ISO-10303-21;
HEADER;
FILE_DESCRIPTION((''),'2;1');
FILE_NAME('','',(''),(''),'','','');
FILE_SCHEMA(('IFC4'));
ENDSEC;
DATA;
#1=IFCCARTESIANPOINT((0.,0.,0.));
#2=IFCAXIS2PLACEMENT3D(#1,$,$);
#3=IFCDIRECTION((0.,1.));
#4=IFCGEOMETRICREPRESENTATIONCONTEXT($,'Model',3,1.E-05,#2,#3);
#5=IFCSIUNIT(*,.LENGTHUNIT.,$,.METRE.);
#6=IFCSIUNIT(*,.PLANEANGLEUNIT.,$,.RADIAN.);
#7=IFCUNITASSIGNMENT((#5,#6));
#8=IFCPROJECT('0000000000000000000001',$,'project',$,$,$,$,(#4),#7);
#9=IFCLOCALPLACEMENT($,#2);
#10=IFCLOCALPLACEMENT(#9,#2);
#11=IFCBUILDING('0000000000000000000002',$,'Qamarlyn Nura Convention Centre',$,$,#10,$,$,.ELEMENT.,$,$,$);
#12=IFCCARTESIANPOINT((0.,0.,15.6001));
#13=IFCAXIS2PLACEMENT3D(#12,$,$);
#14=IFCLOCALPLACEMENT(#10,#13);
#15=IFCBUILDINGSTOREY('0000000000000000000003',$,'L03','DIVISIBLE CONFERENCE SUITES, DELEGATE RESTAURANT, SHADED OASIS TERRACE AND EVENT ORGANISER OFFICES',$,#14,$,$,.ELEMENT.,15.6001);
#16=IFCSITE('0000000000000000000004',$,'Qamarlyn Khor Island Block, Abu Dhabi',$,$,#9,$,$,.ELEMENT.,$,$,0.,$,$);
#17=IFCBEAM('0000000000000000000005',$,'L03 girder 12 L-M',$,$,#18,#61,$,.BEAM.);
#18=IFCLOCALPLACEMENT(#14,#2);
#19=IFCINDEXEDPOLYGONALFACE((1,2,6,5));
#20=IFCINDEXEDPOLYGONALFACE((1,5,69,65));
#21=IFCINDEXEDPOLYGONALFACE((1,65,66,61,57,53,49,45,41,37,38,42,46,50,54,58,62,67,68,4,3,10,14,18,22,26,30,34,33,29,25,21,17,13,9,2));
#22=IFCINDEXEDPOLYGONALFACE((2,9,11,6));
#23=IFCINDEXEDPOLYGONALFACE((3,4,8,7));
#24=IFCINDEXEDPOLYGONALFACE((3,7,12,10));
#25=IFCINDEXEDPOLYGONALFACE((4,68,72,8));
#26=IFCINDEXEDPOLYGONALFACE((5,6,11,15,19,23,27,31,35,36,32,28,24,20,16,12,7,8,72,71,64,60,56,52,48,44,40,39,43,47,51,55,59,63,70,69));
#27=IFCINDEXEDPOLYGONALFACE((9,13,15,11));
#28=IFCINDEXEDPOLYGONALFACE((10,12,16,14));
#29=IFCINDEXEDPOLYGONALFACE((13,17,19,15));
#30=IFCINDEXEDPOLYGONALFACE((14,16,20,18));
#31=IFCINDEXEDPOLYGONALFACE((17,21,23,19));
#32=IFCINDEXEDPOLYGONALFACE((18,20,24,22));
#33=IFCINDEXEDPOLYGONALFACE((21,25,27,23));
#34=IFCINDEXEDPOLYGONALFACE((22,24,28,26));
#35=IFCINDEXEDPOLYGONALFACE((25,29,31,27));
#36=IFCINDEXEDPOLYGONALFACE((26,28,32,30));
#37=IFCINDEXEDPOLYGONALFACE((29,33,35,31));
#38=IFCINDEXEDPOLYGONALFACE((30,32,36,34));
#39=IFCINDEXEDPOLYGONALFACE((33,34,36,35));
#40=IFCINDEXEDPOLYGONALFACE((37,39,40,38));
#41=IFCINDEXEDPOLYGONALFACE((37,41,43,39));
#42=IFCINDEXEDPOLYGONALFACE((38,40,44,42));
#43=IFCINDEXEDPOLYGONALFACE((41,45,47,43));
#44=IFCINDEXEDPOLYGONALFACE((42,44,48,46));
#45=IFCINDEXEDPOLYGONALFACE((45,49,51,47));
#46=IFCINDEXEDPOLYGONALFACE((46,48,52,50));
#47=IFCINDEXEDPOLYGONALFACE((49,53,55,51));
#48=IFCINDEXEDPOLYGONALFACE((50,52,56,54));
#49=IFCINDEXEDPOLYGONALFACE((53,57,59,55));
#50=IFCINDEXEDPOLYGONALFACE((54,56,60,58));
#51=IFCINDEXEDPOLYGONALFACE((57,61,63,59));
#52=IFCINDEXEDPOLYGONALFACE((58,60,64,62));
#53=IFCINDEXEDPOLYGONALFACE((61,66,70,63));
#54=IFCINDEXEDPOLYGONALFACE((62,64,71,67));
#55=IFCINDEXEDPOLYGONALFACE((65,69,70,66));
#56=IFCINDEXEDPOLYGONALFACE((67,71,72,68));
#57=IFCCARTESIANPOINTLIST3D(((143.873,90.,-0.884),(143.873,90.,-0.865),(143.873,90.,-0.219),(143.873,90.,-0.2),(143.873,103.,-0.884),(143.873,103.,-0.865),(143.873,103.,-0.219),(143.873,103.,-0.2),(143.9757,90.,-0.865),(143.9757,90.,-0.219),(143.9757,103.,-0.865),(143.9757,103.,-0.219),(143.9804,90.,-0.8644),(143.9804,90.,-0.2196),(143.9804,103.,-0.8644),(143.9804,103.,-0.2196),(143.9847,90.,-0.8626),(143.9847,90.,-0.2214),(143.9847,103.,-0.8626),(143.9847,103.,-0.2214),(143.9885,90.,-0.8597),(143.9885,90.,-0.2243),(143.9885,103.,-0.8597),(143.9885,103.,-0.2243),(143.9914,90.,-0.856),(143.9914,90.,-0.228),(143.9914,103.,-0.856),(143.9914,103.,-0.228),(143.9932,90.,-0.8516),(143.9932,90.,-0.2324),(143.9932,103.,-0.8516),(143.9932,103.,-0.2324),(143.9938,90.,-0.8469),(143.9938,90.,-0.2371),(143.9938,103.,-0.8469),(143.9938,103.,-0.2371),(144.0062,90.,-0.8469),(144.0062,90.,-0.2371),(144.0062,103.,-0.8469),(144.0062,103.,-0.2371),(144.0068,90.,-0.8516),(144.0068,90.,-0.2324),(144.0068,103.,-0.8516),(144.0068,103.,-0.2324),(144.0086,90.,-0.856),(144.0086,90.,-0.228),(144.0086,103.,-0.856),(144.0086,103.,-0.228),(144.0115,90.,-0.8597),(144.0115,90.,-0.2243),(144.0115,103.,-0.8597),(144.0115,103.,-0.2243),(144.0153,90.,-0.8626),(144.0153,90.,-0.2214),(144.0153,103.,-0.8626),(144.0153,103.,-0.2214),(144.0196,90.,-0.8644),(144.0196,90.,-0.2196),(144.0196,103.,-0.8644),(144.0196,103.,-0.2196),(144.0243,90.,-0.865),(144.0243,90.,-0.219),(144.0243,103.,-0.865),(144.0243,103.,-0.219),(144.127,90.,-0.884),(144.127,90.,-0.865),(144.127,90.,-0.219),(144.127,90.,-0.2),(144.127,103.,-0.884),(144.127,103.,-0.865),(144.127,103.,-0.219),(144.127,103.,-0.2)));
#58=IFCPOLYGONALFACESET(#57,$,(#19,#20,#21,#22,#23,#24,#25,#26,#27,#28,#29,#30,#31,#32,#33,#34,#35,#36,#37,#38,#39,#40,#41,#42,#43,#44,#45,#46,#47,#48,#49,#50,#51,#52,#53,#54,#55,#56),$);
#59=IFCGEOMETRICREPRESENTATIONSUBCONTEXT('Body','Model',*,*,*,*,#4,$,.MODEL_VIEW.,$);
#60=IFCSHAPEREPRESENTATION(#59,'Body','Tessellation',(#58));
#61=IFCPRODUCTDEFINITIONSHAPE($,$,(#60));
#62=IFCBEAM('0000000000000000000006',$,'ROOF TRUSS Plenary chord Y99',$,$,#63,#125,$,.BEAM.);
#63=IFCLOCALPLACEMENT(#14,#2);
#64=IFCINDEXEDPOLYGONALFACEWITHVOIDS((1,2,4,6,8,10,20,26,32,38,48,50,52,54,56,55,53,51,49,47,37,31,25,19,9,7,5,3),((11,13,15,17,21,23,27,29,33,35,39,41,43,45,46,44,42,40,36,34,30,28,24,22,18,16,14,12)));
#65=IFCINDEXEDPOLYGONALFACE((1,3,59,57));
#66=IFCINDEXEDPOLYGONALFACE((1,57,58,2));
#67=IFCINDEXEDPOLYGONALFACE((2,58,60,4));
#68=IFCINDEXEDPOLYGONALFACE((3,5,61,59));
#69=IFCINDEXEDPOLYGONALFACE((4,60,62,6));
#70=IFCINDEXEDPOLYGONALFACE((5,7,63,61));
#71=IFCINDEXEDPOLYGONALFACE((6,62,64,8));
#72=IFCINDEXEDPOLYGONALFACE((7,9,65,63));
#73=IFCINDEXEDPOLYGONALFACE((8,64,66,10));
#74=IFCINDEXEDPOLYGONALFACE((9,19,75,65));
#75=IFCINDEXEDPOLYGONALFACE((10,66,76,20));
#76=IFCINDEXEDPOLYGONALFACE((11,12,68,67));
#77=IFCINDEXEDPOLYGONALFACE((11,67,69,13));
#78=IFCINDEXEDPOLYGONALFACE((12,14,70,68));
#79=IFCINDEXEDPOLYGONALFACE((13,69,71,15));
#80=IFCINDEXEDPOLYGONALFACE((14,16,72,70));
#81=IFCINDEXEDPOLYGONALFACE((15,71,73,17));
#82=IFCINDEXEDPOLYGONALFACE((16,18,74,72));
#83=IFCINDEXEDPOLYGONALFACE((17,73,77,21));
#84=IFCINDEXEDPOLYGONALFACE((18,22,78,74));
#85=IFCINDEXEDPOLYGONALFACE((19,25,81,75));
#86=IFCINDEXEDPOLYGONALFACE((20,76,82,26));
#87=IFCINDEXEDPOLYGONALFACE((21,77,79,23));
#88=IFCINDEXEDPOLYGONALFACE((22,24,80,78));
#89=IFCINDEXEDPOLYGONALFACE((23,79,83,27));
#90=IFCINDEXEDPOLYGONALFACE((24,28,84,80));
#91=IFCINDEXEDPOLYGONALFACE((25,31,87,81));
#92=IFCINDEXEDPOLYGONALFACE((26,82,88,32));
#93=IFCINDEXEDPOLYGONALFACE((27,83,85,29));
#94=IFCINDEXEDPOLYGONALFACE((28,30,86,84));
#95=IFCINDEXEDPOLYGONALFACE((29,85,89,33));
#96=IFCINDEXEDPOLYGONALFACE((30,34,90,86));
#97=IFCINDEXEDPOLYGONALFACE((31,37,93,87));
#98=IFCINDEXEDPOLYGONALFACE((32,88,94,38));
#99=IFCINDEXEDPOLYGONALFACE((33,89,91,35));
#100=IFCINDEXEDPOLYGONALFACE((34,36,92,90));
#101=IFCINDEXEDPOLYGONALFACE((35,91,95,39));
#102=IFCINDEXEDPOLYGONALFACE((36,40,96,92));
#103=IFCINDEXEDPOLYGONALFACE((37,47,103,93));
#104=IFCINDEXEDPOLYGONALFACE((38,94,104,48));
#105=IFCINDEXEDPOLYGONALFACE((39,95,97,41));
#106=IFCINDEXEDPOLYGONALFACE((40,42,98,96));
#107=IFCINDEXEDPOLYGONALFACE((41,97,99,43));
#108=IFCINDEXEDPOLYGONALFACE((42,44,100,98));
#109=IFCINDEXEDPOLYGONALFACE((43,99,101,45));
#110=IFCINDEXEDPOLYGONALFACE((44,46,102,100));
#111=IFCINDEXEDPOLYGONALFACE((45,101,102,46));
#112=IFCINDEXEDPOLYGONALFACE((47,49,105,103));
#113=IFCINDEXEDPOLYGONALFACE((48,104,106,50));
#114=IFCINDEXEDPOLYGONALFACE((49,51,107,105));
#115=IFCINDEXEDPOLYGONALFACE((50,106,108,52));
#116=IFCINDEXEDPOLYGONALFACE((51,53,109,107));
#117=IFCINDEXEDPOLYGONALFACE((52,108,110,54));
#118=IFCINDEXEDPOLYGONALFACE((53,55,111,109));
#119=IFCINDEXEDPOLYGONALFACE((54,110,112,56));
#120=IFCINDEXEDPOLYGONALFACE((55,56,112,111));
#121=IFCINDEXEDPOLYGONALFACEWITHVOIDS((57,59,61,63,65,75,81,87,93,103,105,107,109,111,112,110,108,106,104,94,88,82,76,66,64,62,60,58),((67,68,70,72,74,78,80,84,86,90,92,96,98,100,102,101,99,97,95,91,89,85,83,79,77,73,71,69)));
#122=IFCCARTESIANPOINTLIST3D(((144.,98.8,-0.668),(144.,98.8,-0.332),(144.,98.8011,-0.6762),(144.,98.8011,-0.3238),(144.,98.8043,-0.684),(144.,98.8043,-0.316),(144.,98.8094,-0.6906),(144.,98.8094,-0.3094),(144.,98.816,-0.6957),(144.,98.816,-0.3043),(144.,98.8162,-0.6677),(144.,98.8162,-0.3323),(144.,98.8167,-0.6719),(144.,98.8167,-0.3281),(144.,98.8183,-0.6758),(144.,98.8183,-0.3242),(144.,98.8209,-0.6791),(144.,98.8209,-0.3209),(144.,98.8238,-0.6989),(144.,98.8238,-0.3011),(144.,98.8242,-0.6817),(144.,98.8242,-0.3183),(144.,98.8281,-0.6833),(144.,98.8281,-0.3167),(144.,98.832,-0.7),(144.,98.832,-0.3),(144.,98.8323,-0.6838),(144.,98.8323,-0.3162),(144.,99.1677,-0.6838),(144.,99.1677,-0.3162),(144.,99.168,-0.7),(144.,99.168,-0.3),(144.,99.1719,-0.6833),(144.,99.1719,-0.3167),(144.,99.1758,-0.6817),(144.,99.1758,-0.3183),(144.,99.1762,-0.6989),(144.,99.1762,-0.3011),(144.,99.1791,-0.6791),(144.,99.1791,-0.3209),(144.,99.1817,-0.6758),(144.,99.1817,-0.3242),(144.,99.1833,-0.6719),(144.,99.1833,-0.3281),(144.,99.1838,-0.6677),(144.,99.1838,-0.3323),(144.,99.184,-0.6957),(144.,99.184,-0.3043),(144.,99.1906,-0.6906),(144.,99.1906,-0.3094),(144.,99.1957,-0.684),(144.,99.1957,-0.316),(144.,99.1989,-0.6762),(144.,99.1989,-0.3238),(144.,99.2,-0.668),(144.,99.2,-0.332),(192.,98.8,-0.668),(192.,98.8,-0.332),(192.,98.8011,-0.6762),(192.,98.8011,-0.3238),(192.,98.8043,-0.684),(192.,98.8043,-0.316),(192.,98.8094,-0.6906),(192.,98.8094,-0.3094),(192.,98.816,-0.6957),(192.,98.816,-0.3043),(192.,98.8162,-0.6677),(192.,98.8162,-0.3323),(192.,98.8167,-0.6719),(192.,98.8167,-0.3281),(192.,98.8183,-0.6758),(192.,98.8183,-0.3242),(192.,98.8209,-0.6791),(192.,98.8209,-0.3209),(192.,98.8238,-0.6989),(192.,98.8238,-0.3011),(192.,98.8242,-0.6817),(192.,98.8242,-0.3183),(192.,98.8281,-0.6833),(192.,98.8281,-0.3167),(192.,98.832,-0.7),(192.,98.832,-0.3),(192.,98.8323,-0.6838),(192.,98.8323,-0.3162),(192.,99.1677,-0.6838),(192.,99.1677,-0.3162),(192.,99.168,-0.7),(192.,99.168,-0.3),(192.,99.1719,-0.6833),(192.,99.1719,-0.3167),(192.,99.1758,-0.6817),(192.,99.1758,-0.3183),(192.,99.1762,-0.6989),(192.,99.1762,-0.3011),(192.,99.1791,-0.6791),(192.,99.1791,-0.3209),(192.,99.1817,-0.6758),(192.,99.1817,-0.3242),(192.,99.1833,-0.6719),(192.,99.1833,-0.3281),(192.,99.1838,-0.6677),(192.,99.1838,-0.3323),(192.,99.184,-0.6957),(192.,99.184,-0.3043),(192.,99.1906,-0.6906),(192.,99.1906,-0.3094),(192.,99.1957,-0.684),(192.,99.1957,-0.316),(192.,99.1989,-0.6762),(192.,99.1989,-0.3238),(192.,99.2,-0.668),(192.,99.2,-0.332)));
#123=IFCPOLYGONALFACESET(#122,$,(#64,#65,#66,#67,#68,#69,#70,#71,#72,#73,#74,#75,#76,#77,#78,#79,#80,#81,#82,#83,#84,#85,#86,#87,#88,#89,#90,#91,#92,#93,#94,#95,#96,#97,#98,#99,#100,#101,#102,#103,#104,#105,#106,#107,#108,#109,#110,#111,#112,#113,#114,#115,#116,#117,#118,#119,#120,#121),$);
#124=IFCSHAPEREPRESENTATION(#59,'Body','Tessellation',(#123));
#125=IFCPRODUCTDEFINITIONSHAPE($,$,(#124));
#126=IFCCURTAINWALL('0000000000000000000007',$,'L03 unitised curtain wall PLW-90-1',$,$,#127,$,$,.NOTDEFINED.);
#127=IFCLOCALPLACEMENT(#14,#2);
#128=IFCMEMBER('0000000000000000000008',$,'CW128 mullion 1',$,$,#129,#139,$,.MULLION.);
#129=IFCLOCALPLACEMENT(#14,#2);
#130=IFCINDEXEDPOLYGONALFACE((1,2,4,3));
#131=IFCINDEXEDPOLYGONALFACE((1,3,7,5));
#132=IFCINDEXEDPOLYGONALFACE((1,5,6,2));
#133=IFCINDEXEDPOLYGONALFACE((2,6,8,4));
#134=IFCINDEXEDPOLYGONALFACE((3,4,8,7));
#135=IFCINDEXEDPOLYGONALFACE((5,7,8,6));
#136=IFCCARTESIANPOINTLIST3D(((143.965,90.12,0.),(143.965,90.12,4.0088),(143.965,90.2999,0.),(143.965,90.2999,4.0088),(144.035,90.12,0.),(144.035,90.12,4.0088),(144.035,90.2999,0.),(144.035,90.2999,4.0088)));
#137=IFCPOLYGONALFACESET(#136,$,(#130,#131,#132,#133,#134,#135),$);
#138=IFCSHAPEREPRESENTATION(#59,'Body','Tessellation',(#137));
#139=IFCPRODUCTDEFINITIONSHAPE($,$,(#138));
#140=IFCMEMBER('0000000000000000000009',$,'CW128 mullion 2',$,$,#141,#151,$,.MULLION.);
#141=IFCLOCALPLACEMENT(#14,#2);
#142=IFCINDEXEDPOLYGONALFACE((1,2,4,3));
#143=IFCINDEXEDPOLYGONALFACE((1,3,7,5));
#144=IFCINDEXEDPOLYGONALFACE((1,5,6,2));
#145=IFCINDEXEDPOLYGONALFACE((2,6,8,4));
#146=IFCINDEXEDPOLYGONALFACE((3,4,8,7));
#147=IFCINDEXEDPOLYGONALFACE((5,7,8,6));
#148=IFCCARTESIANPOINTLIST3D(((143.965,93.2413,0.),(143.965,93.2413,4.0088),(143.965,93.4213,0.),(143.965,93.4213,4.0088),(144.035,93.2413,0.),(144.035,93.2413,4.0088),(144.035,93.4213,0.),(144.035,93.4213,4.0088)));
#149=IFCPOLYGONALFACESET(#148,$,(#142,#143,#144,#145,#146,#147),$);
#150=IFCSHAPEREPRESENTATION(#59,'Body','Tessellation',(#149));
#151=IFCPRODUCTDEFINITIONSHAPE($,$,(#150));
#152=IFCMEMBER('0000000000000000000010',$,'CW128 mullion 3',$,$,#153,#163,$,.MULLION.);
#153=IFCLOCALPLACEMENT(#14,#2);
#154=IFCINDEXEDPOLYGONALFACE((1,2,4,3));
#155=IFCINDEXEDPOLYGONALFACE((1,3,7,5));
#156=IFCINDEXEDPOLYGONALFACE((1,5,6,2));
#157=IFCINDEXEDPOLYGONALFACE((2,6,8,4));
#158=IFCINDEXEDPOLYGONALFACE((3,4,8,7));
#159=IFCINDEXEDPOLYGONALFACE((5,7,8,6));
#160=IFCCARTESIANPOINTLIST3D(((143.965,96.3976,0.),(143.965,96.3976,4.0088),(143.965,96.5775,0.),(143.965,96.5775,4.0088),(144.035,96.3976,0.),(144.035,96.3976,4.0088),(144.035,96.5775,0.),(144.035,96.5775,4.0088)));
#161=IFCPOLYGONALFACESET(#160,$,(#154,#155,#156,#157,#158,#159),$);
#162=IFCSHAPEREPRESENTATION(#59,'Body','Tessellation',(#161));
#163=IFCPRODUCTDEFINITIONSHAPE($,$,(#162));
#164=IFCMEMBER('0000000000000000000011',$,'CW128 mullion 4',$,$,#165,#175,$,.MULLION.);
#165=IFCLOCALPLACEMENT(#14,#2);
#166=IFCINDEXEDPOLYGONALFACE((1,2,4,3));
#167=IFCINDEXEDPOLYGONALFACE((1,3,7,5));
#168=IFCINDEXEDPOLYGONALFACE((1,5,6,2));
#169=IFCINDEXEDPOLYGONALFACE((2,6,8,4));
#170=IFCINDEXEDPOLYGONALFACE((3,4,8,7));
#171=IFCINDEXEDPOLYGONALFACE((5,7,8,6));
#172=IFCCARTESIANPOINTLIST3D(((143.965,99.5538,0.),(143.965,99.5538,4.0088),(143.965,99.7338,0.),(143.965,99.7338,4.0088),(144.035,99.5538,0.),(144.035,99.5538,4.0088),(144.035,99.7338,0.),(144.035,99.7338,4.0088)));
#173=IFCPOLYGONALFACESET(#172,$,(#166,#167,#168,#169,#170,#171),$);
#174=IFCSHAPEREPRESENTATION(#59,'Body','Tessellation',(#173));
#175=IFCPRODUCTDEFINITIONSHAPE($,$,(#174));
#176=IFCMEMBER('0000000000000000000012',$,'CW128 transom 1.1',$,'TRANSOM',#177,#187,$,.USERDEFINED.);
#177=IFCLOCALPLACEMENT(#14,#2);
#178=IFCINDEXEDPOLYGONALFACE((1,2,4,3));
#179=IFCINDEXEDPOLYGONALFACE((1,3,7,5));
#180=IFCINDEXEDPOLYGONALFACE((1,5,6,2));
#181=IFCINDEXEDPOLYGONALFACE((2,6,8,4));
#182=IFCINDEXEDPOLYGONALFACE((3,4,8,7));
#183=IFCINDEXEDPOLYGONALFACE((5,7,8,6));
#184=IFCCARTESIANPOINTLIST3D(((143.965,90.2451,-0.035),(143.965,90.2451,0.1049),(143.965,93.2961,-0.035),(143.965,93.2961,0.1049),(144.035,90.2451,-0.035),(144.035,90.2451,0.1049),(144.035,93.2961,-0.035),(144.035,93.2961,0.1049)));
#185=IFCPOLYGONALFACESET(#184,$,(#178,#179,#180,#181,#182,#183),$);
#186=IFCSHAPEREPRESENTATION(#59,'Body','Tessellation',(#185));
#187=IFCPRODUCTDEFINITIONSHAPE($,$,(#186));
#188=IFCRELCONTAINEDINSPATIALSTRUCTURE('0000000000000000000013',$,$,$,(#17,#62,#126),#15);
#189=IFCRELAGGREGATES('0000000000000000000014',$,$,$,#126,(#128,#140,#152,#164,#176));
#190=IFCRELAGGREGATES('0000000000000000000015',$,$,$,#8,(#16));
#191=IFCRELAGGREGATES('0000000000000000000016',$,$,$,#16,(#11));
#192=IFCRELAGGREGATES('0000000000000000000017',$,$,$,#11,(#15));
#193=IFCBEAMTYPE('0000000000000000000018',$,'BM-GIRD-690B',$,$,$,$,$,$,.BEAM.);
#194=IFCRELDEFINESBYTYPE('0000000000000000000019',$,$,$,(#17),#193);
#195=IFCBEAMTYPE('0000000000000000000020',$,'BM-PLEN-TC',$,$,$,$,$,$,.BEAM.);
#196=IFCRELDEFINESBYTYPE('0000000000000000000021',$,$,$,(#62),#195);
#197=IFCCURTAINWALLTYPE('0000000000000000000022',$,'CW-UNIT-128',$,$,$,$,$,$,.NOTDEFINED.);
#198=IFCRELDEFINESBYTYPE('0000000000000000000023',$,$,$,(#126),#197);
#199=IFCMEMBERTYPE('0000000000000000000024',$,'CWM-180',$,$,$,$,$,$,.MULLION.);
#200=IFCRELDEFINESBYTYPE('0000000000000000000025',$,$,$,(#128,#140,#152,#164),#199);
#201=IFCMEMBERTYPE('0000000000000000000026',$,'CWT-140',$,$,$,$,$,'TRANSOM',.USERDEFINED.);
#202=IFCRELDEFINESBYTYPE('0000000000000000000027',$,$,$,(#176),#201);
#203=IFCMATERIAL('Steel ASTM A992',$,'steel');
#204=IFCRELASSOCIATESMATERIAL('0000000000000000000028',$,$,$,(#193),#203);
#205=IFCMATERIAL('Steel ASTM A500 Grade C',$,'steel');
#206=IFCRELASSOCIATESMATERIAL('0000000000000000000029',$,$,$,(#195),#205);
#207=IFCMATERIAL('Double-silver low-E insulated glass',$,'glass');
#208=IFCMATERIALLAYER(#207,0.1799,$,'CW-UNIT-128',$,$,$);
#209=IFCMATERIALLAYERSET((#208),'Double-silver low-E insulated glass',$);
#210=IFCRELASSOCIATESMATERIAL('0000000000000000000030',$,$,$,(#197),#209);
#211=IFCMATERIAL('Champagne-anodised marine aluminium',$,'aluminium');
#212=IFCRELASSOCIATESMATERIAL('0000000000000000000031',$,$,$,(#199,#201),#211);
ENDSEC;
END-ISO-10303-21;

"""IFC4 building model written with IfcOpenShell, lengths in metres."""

from ifc_helpers import new_model, si_unit, direction, frame, origin, origin_2d, place, context, subcontext, project, spatial, rectangle, hollow_rectangle, i_section, extrude, material, layer, layer_set, material_profile, profile_set, type_object, element, aggregate, save


model = new_model("IFC4")

# Units and contexts
model_context = context("Model", 3, precision=1e-05, world=origin(), true_north=direction((0.0, 1.0)))
body_context = subcontext(model_context, "Body", "Model", "MODEL_VIEW")
ifc_project = project(units=[si_unit("LENGTHUNIT", "METRE"), si_unit("PLANEANGLEUNIT", "RADIAN")], contexts=[model_context])

# Site, building, storey
site_placement = place(None, origin())
site = spatial("IfcSite", under=ifc_project, at=site_placement, Name="Qamarlyn Khor Island Block, Abu Dhabi", CompositionType="ELEMENT", RefElevation=0.0)
building_placement = place(site_placement, origin())
building = spatial("IfcBuilding", under=site, at=building_placement, Name="Qamarlyn Nura Convention Centre", CompositionType="ELEMENT")
storey_placement = place(building_placement, frame((0.0, 0.0, 15.6001)))
storey = spatial("IfcBuildingStorey", under=building, at=storey_placement, Name="L03", Description="DIVISIBLE CONFERENCE SUITES, DELEGATE RESTAURANT, SHADED OASIS TERRACE AND EVENT ORGANISER OFFICES", CompositionType="ELEMENT", Elevation=15.6001)

# Beams
ifc_material_1 = material(Name="Steel ASTM A992", Category="steel")
ifc_material_profile_1 = material_profile(ifc_material_1, i_section(OverallWidth=0.2539, OverallDepth=0.6841, WebThickness=0.0125, FlangeThickness=0.019, FilletRadius=0.0181, at=origin_2d()), Name="W690X140")
ifc_profile_set_1 = profile_set([ifc_material_profile_1], Name="Steel ASTM A992")
beam_type_1 = type_object("IfcBeamType", Name="BM-GIRD-690B", PredefinedType="BEAM", material=ifc_profile_set_1)
beam_1_placement = place(storey_placement, frame((144.0, 90.0, -0.542), z_axis=(0.0, 1.0, 0.0), x_axis=(-1.0, 0.0, 0.0)))
element("IfcBeam", 1, at=beam_1_placement, inside=storey, type_object=beam_type_1, Name="L03 girder 12 L-M", PredefinedType="BEAM", context=body_context, shape_type="SweptSolid", body=[
    extrude(i_section(OverallWidth=0.2539, OverallDepth=0.6841, WebThickness=0.0125, FlangeThickness=0.019, FilletRadius=0.0181, at=origin_2d()), origin(), (0.0, 0.0, 1.0), 13.0),
])
ifc_material_2 = material(Name="Steel ASTM A500 Grade C", Category="steel")
ifc_material_profile_2 = material_profile(ifc_material_2, hollow_rectangle(XDim=0.3999, YDim=0.3999, WallThickness=0.0161, InnerFilletRadius=0.0161, OuterFilletRadius=0.032, at=origin_2d()), Name="HSS400X400X16")
ifc_profile_set_2 = profile_set([ifc_material_profile_2], Name="Steel ASTM A500 Grade C")
beam_type_2 = type_object("IfcBeamType", Name="BM-PLEN-TC", PredefinedType="BEAM", material=ifc_profile_set_2)
beam_2_placement = place(storey_placement, frame((144.0, 99.0, -0.5), z_axis=(1.0, 0.0, 0.0), x_axis=(0.0, 1.0, 0.0)))
element("IfcBeam", 2, at=beam_2_placement, inside=storey, type_object=beam_type_2, Name="ROOF TRUSS Plenary chord Y99", PredefinedType="BEAM", context=body_context, shape_type="SweptSolid", body=[
    extrude(hollow_rectangle(XDim=0.3999, YDim=0.3999, WallThickness=0.0161, InnerFilletRadius=0.0161, OuterFilletRadius=0.032, at=origin_2d()), origin(), (0.0, 0.0, 1.0), 48.0),
])

# Curtain wall, members
ifc_material_3 = material(Name="Double-silver low-E insulated glass", Category="glass")
ifc_layer_1 = layer(ifc_material_3, 0.1799, Name="CW-UNIT-128")
ifc_layer_set_1 = layer_set([ifc_layer_1], Name="Double-silver low-E insulated glass")
curtain_wall_type = type_object("IfcCurtainWallType", Name="CW-UNIT-128", PredefinedType="NOTDEFINED", material=ifc_layer_set_1)
curtain_wall_placement = place(storey_placement, origin())
curtain_wall = element("IfcCurtainWall", 3, at=curtain_wall_placement, inside=storey, type_object=curtain_wall_type, Name="L03 unitised curtain wall PLW-90-1", PredefinedType="NOTDEFINED")
ifc_material_4 = material(Name="Champagne-anodised marine aluminium", Category="aluminium")
ifc_material_profile_3 = material_profile(ifc_material_4, rectangle(XDim=0.0701, YDim=0.1799, at=origin_2d()), Name="ALU MULLION 70x180")
ifc_profile_set_3 = profile_set([ifc_material_profile_3], Name="Champagne-anodised marine aluminium")
member_type_1 = type_object("IfcMemberType", Name="CWM-180", PredefinedType="MULLION", material=ifc_profile_set_3)
member_1_placement = place(storey_placement, frame((144.0, 90.21, 0.0), z_axis=(0.0, 0.0, 1.0), x_axis=(-1.0, 0.0, 0.0)))
member_1 = element("IfcMember", 4, at=member_1_placement, type_object=member_type_1, Name="CW128 mullion 1", PredefinedType="MULLION", context=body_context, shape_type="SweptSolid", body=[
    extrude(rectangle(XDim=0.0701, YDim=0.1799, at=origin_2d()), origin(), (0.0, 0.0, 1.0), 4.0088),
])
member_2_placement = place(storey_placement, frame((144.0, 93.3313, 0.0), z_axis=(0.0, 0.0, 1.0), x_axis=(-1.0, 0.0, 0.0)))
member_2 = element("IfcMember", 5, at=member_2_placement, type_object=member_type_1, Name="CW128 mullion 2", PredefinedType="MULLION", context=body_context, shape_type="SweptSolid", body=[
    extrude(rectangle(XDim=0.0701, YDim=0.1799, at=origin_2d()), origin(), (0.0, 0.0, 1.0), 4.0088),
])
member_3_placement = place(storey_placement, frame((144.0, 96.4875, 0.0), z_axis=(0.0, 0.0, 1.0), x_axis=(-1.0, 0.0, 0.0)))
member_3 = element("IfcMember", 6, at=member_3_placement, type_object=member_type_1, Name="CW128 mullion 3", PredefinedType="MULLION", context=body_context, shape_type="SweptSolid", body=[
    extrude(rectangle(XDim=0.0701, YDim=0.1799, at=origin_2d()), origin(), (0.0, 0.0, 1.0), 4.0088),
])
member_4_placement = place(storey_placement, frame((144.0, 99.6438, 0.0), z_axis=(0.0, 0.0, 1.0), x_axis=(-1.0, 0.0, 0.0)))
member_4 = element("IfcMember", 7, at=member_4_placement, type_object=member_type_1, Name="CW128 mullion 4", PredefinedType="MULLION", context=body_context, shape_type="SweptSolid", body=[
    extrude(rectangle(XDim=0.0701, YDim=0.1799, at=origin_2d()), origin(), (0.0, 0.0, 1.0), 4.0088),
])
ifc_material_profile_4 = material_profile(ifc_material_4, rectangle(XDim=0.0701, YDim=0.1399, at=origin_2d()), Name="ALU TRANSOM 70x140")
ifc_profile_set_4 = profile_set([ifc_material_profile_4], Name="Champagne-anodised marine aluminium")
member_type_2 = type_object("IfcMemberType", Name="CWT-140", ElementType="TRANSOM", PredefinedType="USERDEFINED", material=ifc_profile_set_4)
member_5_placement = place(storey_placement, frame((144.0, 90.2451, 0.0349), z_axis=(0.0, 1.0, 0.0), x_axis=(-1.0, 0.0, 0.0)))
member_5 = element("IfcMember", 8, at=member_5_placement, type_object=member_type_2, Name="CW128 transom 1.1", ObjectType="TRANSOM", PredefinedType="USERDEFINED", context=body_context, shape_type="SweptSolid", body=[
    extrude(rectangle(XDim=0.0701, YDim=0.1399, at=origin_2d()), origin(), (0.0, 0.0, 1.0), 3.051),
])
aggregate(curtain_wall, [member_1, member_2, member_3, member_4, member_5])

save(model, "model.ifc")
